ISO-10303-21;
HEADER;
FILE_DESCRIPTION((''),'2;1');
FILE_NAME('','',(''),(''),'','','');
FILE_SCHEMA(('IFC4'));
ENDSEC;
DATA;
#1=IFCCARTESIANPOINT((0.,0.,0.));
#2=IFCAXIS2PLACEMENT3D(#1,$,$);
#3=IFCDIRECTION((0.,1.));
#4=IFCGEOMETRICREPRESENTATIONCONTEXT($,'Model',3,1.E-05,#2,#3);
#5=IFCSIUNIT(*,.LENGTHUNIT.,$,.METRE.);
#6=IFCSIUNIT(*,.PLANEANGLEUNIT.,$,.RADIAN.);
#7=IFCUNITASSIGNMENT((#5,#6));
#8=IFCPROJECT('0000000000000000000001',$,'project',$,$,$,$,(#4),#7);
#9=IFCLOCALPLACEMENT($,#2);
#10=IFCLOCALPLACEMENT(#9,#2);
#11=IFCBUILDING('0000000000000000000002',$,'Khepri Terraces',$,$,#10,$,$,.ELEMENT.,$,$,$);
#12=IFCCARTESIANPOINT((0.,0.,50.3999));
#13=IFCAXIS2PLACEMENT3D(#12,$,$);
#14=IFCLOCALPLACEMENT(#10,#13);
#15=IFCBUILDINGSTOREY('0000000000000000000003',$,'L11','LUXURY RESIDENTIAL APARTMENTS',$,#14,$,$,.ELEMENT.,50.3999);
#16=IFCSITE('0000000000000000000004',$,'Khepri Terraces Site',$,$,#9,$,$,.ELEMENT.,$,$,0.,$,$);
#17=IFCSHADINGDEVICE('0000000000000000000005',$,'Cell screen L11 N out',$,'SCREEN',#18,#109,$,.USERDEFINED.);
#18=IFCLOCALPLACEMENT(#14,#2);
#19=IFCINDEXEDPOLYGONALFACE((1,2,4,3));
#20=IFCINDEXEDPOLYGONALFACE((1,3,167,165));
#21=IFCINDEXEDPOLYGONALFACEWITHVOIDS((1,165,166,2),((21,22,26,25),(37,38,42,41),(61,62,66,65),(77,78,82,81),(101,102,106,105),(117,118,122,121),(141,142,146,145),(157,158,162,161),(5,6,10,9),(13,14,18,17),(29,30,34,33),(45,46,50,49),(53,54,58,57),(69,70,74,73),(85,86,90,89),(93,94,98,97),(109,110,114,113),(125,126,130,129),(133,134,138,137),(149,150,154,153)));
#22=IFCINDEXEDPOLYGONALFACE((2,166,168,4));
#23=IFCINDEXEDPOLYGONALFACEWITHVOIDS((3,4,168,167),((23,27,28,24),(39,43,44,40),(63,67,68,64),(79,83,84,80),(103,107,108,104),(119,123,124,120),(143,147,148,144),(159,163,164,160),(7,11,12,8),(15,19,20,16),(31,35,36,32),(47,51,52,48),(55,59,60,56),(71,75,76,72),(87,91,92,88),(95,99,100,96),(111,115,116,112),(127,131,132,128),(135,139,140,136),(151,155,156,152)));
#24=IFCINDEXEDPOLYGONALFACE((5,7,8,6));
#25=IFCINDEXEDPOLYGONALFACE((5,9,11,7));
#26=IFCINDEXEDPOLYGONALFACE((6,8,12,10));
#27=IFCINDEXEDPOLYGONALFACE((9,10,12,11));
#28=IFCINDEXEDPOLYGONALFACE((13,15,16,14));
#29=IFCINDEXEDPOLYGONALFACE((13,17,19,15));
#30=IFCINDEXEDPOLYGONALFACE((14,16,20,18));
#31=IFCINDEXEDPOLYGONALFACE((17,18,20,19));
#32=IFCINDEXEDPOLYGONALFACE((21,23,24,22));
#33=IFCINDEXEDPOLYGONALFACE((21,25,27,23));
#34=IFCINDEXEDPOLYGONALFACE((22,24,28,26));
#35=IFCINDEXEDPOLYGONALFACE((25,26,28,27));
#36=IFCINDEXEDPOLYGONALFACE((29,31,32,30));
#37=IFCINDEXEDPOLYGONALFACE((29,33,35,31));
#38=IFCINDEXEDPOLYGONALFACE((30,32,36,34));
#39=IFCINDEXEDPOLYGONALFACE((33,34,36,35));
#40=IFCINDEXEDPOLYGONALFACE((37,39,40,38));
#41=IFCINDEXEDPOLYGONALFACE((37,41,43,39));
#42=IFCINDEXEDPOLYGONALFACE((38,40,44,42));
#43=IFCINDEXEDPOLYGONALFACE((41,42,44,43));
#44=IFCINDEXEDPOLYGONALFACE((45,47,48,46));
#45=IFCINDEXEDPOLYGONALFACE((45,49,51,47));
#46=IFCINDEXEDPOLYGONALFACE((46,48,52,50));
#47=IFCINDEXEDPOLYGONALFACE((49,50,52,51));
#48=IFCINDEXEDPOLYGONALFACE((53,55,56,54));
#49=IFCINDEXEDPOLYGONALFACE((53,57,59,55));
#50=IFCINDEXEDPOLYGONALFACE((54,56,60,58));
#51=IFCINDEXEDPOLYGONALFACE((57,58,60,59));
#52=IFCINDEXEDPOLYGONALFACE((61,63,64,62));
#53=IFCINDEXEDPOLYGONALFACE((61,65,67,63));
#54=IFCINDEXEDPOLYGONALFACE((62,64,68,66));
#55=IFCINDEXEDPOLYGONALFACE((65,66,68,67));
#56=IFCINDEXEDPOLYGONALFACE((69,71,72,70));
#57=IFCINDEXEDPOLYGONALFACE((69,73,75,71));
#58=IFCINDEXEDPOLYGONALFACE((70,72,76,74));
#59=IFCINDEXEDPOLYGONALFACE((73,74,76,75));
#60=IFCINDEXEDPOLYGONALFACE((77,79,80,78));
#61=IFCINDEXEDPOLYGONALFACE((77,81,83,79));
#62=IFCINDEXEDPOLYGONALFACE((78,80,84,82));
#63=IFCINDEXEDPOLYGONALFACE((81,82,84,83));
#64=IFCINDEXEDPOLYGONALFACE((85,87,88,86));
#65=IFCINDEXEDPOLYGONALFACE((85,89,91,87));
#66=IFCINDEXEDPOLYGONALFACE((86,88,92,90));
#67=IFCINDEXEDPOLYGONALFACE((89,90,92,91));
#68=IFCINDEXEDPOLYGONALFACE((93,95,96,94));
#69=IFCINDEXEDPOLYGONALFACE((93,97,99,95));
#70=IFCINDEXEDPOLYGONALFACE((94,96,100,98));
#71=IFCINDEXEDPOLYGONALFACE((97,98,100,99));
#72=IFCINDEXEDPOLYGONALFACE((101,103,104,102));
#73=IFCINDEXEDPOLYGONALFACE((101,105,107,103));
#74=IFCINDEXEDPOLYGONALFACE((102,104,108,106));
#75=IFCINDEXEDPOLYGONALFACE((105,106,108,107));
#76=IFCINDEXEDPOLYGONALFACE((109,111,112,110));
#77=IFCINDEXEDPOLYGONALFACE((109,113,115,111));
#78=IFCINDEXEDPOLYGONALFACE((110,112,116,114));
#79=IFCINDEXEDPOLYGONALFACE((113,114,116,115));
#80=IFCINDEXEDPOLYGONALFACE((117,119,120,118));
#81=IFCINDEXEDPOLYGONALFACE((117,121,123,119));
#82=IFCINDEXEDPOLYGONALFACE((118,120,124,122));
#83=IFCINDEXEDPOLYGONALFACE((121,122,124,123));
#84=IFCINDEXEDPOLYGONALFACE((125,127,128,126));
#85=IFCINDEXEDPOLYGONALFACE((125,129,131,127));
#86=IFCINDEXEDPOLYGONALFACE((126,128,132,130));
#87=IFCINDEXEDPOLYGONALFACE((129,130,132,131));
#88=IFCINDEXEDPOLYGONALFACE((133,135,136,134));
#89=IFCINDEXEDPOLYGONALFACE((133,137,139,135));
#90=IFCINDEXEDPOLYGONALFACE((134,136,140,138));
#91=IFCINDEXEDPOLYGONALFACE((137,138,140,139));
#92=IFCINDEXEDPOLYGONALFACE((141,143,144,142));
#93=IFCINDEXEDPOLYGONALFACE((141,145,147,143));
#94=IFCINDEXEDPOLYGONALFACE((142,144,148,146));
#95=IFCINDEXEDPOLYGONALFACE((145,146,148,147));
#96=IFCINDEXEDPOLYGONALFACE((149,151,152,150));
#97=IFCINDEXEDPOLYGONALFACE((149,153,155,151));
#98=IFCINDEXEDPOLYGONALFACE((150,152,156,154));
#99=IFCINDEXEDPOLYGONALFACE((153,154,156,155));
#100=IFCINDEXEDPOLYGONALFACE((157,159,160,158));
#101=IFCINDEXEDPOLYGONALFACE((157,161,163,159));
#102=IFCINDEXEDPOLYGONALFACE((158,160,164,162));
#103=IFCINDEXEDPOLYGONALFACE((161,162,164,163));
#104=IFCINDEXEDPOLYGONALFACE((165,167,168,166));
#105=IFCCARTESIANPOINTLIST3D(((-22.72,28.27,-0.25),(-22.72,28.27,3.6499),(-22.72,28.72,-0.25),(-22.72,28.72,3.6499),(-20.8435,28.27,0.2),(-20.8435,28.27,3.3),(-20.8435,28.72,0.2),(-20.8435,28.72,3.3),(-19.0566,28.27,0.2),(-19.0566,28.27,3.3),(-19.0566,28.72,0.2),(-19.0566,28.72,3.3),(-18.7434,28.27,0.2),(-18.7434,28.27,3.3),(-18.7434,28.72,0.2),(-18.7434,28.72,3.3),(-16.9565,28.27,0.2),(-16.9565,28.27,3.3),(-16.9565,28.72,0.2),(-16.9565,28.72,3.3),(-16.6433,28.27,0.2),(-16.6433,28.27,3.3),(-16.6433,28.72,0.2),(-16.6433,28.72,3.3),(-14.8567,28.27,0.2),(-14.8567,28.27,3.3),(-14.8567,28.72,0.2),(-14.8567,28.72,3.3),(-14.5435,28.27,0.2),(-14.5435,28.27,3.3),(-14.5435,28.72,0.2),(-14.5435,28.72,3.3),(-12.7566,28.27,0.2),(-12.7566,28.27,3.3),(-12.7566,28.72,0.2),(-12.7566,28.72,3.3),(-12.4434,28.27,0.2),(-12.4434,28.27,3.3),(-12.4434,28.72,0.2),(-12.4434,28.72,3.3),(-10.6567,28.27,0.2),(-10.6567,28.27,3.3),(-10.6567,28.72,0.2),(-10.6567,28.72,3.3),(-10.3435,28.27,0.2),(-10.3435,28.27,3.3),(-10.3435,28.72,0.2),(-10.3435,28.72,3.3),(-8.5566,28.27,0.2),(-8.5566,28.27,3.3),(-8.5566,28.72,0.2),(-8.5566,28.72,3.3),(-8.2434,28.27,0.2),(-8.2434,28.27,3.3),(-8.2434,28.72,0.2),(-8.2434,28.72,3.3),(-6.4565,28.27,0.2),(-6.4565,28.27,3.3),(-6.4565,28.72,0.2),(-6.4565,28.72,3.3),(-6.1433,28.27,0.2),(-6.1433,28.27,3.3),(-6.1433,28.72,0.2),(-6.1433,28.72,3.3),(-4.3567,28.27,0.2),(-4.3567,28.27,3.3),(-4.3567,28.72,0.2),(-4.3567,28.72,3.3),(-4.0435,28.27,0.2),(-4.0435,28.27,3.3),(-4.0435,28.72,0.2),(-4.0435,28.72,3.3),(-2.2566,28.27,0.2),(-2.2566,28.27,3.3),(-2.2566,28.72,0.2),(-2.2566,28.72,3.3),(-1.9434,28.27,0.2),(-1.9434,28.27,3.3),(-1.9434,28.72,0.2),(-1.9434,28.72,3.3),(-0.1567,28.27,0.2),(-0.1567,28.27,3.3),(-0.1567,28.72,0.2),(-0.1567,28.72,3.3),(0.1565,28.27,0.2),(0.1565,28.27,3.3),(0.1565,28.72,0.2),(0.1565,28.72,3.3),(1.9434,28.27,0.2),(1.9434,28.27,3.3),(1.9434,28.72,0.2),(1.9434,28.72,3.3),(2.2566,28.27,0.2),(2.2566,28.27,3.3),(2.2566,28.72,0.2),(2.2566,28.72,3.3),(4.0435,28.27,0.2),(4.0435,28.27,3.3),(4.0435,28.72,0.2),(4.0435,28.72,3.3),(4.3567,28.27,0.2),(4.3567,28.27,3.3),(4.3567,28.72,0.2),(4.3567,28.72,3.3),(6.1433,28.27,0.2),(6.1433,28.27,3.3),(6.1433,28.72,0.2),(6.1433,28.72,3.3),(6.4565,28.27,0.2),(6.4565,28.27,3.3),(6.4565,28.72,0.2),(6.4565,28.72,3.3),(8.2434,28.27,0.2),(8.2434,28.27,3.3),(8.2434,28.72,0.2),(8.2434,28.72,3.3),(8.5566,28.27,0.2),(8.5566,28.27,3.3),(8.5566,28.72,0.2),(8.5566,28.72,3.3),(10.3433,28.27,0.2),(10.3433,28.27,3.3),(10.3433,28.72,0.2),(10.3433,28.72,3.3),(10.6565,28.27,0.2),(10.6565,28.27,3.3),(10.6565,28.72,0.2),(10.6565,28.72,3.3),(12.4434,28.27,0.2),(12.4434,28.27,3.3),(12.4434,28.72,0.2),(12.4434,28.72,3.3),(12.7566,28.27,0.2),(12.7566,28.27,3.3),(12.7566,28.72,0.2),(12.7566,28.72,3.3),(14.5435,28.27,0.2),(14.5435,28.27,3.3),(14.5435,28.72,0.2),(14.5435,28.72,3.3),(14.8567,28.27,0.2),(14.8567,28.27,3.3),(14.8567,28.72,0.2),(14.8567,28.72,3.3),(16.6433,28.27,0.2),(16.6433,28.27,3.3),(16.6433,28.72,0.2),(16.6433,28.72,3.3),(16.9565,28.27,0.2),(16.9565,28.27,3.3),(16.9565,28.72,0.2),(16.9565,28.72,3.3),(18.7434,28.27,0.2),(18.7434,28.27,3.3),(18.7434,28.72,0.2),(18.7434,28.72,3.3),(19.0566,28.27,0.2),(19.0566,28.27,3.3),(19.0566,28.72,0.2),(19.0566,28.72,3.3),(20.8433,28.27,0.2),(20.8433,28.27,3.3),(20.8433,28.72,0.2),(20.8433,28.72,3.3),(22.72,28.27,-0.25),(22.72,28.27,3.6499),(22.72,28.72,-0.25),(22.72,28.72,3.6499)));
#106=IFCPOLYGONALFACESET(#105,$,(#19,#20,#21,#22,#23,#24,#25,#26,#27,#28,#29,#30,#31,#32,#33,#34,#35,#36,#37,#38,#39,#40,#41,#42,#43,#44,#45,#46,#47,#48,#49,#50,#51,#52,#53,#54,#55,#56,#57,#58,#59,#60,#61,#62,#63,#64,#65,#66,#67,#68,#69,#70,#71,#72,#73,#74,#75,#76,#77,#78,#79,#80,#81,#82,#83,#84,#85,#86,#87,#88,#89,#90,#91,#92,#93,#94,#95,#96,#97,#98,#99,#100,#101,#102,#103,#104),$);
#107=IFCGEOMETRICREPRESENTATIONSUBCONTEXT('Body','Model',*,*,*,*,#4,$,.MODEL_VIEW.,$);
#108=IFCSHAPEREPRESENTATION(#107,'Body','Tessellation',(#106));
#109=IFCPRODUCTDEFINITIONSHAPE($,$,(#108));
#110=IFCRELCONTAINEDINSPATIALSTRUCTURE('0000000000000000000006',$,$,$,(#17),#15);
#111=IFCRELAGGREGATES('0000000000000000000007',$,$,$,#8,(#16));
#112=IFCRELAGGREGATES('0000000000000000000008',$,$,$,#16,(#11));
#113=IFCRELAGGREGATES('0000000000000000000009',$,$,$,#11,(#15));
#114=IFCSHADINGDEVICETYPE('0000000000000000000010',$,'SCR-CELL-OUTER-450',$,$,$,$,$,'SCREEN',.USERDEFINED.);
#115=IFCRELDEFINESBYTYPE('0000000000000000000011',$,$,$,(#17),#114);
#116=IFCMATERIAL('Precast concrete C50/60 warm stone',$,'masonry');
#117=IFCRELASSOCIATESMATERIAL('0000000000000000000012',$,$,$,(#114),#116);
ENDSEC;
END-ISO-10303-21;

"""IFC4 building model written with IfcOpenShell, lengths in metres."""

from ifc_helpers import new_model, si_unit, direction, frame, origin, place, context, subcontext, project, spatial, polyline, outline, extrude, material, type_object, element, save


model = new_model("IFC4")

# Units and contexts
model_context = context("Model", 3, precision=1e-05, world=origin(), true_north=direction((0.0, 1.0)))
body_context = subcontext(model_context, "Body", "Model", "MODEL_VIEW")
ifc_project = project(units=[si_unit("LENGTHUNIT", "METRE"), si_unit("PLANEANGLEUNIT", "RADIAN")], contexts=[model_context])

# Site, building, storey
site_placement = place(None, origin())
site = spatial("IfcSite", under=ifc_project, at=site_placement, Name="Khepri Terraces Site", CompositionType="ELEMENT", RefElevation=0.0)
building_placement = place(site_placement, origin())
building = spatial("IfcBuilding", under=site, at=building_placement, Name="Khepri Terraces", CompositionType="ELEMENT")
storey_placement = place(building_placement, frame((0.0, 0.0, 50.3999)))
storey = spatial("IfcBuildingStorey", under=building, at=storey_placement, Name="L11", Description="LUXURY RESIDENTIAL APARTMENTS", CompositionType="ELEMENT", Elevation=50.3999)

# Shared definitions
ifc_material_1 = material(Name="Precast concrete C50/60 warm stone", Category="masonry")

# Shading device
shading_device_type_1 = type_object("IfcShadingDeviceType", Name="SCR-CELL-OUTER-450", ElementType="SCREEN", PredefinedType="USERDEFINED", material=ifc_material_1)
shading_device_1_placement = place(storey_placement, frame((22.72, 28.27, -0.25), z_axis=(0.0, 1.0, 0.0), x_axis=(-1.0, 0.0, 0.0)))
element("IfcShadingDevice", 1, at=shading_device_1_placement, inside=storey, type_object=shading_device_type_1, Name="Cell screen L11 N out", ObjectType="SCREEN", PredefinedType="USERDEFINED", context=body_context, shape_type="SweptSolid", body=[
    extrude(outline(polyline([(0.0, 0.0), (45.4399, 0.0), (45.4399, 3.8999), (0.0, 3.8999), (0.0, 0.0)]), holes=[polyline([(1.8767, 0.45), (3.6633, 0.45), (3.6633, 3.55), (1.8767, 3.55), (1.8767, 0.45)]), polyline([(3.9766, 0.45), (5.7634, 0.45), (5.7634, 3.55), (3.9766, 3.55), (3.9766, 0.45)]), polyline([(6.0767, 0.45), (7.8633, 0.45), (7.8633, 3.55), (6.0767, 3.55), (6.0767, 0.45)]), polyline([(8.1765, 0.45), (9.9634, 0.45), (9.9634, 3.55), (8.1765, 3.55), (8.1765, 0.45)]), polyline([(10.2766, 0.45), (12.0635, 0.45), (12.0635, 3.55), (10.2766, 3.55), (10.2766, 0.45)]), polyline([(12.3767, 0.45), (14.1633, 0.45), (14.1633, 3.55), (12.3767, 3.55), (12.3767, 0.45)]), polyline([(14.4766, 0.45), (16.2634, 0.45), (16.2634, 3.55), (14.4766, 3.55), (14.4766, 0.45)]), polyline([(16.5767, 0.45), (18.3633, 0.45), (18.3633, 3.55), (16.5767, 3.55), (16.5767, 0.45)]), polyline([(18.6765, 0.45), (20.4634, 0.45), (20.4634, 3.55), (18.6765, 3.55), (18.6765, 0.45)]), polyline([(20.7766, 0.45), (22.5635, 0.45), (22.5635, 3.55), (20.7766, 3.55), (20.7766, 0.45)]), polyline([(22.8767, 0.45), (24.6633, 0.45), (24.6633, 3.55), (22.8767, 3.55), (22.8767, 0.45)]), polyline([(24.9766, 0.45), (26.7634, 0.45), (26.7634, 3.55), (24.9766, 3.55), (24.9766, 0.45)]), polyline([(27.0767, 0.45), (28.8633, 0.45), (28.8633, 3.55), (27.0767, 3.55), (27.0767, 0.45)]), polyline([(29.1765, 0.45), (30.9634, 0.45), (30.9634, 3.55), (29.1765, 3.55), (29.1765, 0.45)]), polyline([(31.2766, 0.45), (33.0635, 0.45), (33.0635, 3.55), (31.2766, 3.55), (31.2766, 0.45)]), polyline([(33.3767, 0.45), (35.1633, 0.45), (35.1633, 3.55), (33.3767, 3.55), (33.3767, 0.45)]), polyline([(35.4766, 0.45), (37.2634, 0.45), (37.2634, 3.55), (35.4766, 3.55), (35.4766, 0.45)]), polyline([(37.5767, 0.45), (39.3633, 0.45), (39.3633, 3.55), (37.5767, 3.55), (37.5767, 0.45)]), polyline([(39.6765, 0.45), (41.4634, 0.45), (41.4634, 3.55), (39.6765, 3.55), (39.6765, 0.45)]), polyline([(41.7766, 0.45), (43.5635, 0.45), (43.5635, 3.55), (41.7766, 3.55), (41.7766, 0.45)])]), origin(), (0.0, 0.0, 1.0), 0.45),
])

save(model, "model.ifc")
